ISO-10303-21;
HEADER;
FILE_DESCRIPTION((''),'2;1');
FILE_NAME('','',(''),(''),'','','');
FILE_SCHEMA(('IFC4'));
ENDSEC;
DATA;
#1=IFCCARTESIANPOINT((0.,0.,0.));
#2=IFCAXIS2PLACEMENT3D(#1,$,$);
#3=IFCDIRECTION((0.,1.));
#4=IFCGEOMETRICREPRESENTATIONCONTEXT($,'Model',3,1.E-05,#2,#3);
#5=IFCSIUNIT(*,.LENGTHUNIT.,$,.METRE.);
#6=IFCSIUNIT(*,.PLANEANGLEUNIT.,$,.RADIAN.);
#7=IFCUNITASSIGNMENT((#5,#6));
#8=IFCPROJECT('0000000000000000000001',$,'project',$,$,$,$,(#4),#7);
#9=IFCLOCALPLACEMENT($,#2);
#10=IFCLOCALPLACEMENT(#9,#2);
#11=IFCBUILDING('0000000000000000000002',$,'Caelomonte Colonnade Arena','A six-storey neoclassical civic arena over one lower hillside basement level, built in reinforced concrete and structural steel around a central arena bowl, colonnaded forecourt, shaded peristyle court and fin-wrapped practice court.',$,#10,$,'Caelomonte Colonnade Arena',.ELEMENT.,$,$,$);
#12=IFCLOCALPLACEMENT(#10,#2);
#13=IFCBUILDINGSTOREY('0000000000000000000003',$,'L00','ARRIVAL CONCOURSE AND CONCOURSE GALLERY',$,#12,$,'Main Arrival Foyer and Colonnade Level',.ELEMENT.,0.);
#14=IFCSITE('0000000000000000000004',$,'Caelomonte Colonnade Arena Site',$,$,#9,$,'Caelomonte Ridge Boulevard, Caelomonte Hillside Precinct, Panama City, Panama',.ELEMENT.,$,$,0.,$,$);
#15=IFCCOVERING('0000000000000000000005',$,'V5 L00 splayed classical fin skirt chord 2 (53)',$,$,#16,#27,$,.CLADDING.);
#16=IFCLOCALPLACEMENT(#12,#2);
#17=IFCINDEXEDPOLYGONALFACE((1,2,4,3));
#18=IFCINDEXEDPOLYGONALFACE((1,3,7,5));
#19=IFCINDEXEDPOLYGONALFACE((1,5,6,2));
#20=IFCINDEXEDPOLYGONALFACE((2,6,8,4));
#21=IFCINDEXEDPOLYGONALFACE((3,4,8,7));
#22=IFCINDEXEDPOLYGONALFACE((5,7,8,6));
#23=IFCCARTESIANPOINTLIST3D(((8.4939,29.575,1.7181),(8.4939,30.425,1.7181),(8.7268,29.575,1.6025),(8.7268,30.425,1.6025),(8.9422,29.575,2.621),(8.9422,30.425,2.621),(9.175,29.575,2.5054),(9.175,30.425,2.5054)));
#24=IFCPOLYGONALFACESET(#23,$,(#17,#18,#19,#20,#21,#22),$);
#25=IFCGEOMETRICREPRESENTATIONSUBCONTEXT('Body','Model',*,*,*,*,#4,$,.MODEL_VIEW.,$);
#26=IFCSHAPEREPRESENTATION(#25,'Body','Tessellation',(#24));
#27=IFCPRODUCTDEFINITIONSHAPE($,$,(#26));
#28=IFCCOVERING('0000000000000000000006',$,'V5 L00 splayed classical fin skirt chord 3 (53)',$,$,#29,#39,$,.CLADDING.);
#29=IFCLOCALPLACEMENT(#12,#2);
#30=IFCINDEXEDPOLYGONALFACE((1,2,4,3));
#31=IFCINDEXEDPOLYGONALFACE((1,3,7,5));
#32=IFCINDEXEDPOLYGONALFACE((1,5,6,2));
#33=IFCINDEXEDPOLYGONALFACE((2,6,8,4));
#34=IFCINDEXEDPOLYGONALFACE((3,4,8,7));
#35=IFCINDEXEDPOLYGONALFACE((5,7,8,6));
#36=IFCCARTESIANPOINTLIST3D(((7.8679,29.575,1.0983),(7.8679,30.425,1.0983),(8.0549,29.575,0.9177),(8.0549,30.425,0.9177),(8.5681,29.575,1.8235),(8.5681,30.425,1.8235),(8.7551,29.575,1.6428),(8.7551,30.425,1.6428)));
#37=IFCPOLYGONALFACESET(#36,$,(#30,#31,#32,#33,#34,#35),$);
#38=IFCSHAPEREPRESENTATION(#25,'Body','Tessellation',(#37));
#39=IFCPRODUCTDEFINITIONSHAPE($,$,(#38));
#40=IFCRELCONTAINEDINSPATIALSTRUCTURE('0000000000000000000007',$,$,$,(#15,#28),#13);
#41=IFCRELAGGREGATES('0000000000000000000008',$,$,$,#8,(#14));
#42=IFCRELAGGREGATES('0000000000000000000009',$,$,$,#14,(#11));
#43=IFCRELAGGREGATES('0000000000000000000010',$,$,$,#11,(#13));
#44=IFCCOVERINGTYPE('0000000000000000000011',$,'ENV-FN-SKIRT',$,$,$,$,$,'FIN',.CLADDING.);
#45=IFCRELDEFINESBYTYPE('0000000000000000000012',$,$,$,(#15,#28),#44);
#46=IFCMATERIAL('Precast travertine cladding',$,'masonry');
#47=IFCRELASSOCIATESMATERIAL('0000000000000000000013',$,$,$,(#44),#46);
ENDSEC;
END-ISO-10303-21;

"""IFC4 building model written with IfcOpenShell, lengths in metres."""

from ifc_helpers import new_model, si_unit, direction, frame, origin, origin_2d, place, context, subcontext, project, spatial, rectangle, extrude, material, material_profile, profile_set, type_object, element, save


model = new_model("IFC4")

# Units and contexts
model_context = context("Model", 3, precision=1e-05, world=origin(), true_north=direction((0.0, 1.0)))
body_context = subcontext(model_context, "Body", "Model", "MODEL_VIEW")
ifc_project = project(units=[si_unit("LENGTHUNIT", "METRE"), si_unit("PLANEANGLEUNIT", "RADIAN")], contexts=[model_context])

# Site, building, storey
site_placement = place(None, origin())
site = spatial("IfcSite", under=ifc_project, at=site_placement, Name="Caelomonte Colonnade Arena Site", LongName="Caelomonte Ridge Boulevard, Caelomonte Hillside Precinct, Panama City, Panama", CompositionType="ELEMENT", RefElevation=0.0)
building_placement = place(site_placement, origin())
building = spatial("IfcBuilding", under=site, at=building_placement, Name="Caelomonte Colonnade Arena", Description="A six-storey neoclassical civic arena over one lower hillside basement level, built in reinforced concrete and structural steel around a central arena bowl, colonnaded forecourt, shaded peristyle court and fin-wrapped practice court.", LongName="Caelomonte Colonnade Arena", CompositionType="ELEMENT")
storey_placement = place(building_placement, origin())
storey = spatial("IfcBuildingStorey", under=building, at=storey_placement, Name="L00", Description="ARRIVAL CONCOURSE AND CONCOURSE GALLERY", LongName="Main Arrival Foyer and Colonnade Level", CompositionType="ELEMENT", Elevation=0.0)

# Coverings
ifc_material_1 = material(Name="Precast travertine cladding", Category="masonry")
ifc_material_profile_1 = material_profile(ifc_material_1, rectangle(XDim=0.26, YDim=0.8501, at=origin_2d()), Name="FIN260X850")
ifc_profile_set_1 = profile_set([ifc_material_profile_1], Name="Precast travertine cladding")
covering_type = type_object("IfcCoveringType", Name="ENV-FN-SKIRT", ElementType="FIN", PredefinedType="CLADDING", material=ifc_profile_set_1)
for number, where, z_axis, x_axis, name in (
    (1, (9.0586, 30.0, 2.5632), (-0.444693, 0.0, -0.895683), (-0.895683, 0.0, 0.444693), "V5 L00 splayed classical fin skirt chord 2 (53)"),
    (2, (8.6616, 30.0, 1.7332), (-0.694646, 0.0, -0.719351), (-0.719351, 0.0, 0.694646), "V5 L00 splayed classical fin skirt chord 3 (53)"),
):
    element("IfcCovering", number, at=place(storey_placement, frame(where, z_axis=z_axis, x_axis=x_axis)), inside=storey, type_object=covering_type, Name=name, PredefinedType="CLADDING", context=body_context, shape_type="SweptSolid", body=[
        extrude(rectangle(XDim=0.26, YDim=0.8501, at=origin_2d()), origin(), (0.0, 0.0, 1.0), 1.0081),
    ])

save(model, "model.ifc")
